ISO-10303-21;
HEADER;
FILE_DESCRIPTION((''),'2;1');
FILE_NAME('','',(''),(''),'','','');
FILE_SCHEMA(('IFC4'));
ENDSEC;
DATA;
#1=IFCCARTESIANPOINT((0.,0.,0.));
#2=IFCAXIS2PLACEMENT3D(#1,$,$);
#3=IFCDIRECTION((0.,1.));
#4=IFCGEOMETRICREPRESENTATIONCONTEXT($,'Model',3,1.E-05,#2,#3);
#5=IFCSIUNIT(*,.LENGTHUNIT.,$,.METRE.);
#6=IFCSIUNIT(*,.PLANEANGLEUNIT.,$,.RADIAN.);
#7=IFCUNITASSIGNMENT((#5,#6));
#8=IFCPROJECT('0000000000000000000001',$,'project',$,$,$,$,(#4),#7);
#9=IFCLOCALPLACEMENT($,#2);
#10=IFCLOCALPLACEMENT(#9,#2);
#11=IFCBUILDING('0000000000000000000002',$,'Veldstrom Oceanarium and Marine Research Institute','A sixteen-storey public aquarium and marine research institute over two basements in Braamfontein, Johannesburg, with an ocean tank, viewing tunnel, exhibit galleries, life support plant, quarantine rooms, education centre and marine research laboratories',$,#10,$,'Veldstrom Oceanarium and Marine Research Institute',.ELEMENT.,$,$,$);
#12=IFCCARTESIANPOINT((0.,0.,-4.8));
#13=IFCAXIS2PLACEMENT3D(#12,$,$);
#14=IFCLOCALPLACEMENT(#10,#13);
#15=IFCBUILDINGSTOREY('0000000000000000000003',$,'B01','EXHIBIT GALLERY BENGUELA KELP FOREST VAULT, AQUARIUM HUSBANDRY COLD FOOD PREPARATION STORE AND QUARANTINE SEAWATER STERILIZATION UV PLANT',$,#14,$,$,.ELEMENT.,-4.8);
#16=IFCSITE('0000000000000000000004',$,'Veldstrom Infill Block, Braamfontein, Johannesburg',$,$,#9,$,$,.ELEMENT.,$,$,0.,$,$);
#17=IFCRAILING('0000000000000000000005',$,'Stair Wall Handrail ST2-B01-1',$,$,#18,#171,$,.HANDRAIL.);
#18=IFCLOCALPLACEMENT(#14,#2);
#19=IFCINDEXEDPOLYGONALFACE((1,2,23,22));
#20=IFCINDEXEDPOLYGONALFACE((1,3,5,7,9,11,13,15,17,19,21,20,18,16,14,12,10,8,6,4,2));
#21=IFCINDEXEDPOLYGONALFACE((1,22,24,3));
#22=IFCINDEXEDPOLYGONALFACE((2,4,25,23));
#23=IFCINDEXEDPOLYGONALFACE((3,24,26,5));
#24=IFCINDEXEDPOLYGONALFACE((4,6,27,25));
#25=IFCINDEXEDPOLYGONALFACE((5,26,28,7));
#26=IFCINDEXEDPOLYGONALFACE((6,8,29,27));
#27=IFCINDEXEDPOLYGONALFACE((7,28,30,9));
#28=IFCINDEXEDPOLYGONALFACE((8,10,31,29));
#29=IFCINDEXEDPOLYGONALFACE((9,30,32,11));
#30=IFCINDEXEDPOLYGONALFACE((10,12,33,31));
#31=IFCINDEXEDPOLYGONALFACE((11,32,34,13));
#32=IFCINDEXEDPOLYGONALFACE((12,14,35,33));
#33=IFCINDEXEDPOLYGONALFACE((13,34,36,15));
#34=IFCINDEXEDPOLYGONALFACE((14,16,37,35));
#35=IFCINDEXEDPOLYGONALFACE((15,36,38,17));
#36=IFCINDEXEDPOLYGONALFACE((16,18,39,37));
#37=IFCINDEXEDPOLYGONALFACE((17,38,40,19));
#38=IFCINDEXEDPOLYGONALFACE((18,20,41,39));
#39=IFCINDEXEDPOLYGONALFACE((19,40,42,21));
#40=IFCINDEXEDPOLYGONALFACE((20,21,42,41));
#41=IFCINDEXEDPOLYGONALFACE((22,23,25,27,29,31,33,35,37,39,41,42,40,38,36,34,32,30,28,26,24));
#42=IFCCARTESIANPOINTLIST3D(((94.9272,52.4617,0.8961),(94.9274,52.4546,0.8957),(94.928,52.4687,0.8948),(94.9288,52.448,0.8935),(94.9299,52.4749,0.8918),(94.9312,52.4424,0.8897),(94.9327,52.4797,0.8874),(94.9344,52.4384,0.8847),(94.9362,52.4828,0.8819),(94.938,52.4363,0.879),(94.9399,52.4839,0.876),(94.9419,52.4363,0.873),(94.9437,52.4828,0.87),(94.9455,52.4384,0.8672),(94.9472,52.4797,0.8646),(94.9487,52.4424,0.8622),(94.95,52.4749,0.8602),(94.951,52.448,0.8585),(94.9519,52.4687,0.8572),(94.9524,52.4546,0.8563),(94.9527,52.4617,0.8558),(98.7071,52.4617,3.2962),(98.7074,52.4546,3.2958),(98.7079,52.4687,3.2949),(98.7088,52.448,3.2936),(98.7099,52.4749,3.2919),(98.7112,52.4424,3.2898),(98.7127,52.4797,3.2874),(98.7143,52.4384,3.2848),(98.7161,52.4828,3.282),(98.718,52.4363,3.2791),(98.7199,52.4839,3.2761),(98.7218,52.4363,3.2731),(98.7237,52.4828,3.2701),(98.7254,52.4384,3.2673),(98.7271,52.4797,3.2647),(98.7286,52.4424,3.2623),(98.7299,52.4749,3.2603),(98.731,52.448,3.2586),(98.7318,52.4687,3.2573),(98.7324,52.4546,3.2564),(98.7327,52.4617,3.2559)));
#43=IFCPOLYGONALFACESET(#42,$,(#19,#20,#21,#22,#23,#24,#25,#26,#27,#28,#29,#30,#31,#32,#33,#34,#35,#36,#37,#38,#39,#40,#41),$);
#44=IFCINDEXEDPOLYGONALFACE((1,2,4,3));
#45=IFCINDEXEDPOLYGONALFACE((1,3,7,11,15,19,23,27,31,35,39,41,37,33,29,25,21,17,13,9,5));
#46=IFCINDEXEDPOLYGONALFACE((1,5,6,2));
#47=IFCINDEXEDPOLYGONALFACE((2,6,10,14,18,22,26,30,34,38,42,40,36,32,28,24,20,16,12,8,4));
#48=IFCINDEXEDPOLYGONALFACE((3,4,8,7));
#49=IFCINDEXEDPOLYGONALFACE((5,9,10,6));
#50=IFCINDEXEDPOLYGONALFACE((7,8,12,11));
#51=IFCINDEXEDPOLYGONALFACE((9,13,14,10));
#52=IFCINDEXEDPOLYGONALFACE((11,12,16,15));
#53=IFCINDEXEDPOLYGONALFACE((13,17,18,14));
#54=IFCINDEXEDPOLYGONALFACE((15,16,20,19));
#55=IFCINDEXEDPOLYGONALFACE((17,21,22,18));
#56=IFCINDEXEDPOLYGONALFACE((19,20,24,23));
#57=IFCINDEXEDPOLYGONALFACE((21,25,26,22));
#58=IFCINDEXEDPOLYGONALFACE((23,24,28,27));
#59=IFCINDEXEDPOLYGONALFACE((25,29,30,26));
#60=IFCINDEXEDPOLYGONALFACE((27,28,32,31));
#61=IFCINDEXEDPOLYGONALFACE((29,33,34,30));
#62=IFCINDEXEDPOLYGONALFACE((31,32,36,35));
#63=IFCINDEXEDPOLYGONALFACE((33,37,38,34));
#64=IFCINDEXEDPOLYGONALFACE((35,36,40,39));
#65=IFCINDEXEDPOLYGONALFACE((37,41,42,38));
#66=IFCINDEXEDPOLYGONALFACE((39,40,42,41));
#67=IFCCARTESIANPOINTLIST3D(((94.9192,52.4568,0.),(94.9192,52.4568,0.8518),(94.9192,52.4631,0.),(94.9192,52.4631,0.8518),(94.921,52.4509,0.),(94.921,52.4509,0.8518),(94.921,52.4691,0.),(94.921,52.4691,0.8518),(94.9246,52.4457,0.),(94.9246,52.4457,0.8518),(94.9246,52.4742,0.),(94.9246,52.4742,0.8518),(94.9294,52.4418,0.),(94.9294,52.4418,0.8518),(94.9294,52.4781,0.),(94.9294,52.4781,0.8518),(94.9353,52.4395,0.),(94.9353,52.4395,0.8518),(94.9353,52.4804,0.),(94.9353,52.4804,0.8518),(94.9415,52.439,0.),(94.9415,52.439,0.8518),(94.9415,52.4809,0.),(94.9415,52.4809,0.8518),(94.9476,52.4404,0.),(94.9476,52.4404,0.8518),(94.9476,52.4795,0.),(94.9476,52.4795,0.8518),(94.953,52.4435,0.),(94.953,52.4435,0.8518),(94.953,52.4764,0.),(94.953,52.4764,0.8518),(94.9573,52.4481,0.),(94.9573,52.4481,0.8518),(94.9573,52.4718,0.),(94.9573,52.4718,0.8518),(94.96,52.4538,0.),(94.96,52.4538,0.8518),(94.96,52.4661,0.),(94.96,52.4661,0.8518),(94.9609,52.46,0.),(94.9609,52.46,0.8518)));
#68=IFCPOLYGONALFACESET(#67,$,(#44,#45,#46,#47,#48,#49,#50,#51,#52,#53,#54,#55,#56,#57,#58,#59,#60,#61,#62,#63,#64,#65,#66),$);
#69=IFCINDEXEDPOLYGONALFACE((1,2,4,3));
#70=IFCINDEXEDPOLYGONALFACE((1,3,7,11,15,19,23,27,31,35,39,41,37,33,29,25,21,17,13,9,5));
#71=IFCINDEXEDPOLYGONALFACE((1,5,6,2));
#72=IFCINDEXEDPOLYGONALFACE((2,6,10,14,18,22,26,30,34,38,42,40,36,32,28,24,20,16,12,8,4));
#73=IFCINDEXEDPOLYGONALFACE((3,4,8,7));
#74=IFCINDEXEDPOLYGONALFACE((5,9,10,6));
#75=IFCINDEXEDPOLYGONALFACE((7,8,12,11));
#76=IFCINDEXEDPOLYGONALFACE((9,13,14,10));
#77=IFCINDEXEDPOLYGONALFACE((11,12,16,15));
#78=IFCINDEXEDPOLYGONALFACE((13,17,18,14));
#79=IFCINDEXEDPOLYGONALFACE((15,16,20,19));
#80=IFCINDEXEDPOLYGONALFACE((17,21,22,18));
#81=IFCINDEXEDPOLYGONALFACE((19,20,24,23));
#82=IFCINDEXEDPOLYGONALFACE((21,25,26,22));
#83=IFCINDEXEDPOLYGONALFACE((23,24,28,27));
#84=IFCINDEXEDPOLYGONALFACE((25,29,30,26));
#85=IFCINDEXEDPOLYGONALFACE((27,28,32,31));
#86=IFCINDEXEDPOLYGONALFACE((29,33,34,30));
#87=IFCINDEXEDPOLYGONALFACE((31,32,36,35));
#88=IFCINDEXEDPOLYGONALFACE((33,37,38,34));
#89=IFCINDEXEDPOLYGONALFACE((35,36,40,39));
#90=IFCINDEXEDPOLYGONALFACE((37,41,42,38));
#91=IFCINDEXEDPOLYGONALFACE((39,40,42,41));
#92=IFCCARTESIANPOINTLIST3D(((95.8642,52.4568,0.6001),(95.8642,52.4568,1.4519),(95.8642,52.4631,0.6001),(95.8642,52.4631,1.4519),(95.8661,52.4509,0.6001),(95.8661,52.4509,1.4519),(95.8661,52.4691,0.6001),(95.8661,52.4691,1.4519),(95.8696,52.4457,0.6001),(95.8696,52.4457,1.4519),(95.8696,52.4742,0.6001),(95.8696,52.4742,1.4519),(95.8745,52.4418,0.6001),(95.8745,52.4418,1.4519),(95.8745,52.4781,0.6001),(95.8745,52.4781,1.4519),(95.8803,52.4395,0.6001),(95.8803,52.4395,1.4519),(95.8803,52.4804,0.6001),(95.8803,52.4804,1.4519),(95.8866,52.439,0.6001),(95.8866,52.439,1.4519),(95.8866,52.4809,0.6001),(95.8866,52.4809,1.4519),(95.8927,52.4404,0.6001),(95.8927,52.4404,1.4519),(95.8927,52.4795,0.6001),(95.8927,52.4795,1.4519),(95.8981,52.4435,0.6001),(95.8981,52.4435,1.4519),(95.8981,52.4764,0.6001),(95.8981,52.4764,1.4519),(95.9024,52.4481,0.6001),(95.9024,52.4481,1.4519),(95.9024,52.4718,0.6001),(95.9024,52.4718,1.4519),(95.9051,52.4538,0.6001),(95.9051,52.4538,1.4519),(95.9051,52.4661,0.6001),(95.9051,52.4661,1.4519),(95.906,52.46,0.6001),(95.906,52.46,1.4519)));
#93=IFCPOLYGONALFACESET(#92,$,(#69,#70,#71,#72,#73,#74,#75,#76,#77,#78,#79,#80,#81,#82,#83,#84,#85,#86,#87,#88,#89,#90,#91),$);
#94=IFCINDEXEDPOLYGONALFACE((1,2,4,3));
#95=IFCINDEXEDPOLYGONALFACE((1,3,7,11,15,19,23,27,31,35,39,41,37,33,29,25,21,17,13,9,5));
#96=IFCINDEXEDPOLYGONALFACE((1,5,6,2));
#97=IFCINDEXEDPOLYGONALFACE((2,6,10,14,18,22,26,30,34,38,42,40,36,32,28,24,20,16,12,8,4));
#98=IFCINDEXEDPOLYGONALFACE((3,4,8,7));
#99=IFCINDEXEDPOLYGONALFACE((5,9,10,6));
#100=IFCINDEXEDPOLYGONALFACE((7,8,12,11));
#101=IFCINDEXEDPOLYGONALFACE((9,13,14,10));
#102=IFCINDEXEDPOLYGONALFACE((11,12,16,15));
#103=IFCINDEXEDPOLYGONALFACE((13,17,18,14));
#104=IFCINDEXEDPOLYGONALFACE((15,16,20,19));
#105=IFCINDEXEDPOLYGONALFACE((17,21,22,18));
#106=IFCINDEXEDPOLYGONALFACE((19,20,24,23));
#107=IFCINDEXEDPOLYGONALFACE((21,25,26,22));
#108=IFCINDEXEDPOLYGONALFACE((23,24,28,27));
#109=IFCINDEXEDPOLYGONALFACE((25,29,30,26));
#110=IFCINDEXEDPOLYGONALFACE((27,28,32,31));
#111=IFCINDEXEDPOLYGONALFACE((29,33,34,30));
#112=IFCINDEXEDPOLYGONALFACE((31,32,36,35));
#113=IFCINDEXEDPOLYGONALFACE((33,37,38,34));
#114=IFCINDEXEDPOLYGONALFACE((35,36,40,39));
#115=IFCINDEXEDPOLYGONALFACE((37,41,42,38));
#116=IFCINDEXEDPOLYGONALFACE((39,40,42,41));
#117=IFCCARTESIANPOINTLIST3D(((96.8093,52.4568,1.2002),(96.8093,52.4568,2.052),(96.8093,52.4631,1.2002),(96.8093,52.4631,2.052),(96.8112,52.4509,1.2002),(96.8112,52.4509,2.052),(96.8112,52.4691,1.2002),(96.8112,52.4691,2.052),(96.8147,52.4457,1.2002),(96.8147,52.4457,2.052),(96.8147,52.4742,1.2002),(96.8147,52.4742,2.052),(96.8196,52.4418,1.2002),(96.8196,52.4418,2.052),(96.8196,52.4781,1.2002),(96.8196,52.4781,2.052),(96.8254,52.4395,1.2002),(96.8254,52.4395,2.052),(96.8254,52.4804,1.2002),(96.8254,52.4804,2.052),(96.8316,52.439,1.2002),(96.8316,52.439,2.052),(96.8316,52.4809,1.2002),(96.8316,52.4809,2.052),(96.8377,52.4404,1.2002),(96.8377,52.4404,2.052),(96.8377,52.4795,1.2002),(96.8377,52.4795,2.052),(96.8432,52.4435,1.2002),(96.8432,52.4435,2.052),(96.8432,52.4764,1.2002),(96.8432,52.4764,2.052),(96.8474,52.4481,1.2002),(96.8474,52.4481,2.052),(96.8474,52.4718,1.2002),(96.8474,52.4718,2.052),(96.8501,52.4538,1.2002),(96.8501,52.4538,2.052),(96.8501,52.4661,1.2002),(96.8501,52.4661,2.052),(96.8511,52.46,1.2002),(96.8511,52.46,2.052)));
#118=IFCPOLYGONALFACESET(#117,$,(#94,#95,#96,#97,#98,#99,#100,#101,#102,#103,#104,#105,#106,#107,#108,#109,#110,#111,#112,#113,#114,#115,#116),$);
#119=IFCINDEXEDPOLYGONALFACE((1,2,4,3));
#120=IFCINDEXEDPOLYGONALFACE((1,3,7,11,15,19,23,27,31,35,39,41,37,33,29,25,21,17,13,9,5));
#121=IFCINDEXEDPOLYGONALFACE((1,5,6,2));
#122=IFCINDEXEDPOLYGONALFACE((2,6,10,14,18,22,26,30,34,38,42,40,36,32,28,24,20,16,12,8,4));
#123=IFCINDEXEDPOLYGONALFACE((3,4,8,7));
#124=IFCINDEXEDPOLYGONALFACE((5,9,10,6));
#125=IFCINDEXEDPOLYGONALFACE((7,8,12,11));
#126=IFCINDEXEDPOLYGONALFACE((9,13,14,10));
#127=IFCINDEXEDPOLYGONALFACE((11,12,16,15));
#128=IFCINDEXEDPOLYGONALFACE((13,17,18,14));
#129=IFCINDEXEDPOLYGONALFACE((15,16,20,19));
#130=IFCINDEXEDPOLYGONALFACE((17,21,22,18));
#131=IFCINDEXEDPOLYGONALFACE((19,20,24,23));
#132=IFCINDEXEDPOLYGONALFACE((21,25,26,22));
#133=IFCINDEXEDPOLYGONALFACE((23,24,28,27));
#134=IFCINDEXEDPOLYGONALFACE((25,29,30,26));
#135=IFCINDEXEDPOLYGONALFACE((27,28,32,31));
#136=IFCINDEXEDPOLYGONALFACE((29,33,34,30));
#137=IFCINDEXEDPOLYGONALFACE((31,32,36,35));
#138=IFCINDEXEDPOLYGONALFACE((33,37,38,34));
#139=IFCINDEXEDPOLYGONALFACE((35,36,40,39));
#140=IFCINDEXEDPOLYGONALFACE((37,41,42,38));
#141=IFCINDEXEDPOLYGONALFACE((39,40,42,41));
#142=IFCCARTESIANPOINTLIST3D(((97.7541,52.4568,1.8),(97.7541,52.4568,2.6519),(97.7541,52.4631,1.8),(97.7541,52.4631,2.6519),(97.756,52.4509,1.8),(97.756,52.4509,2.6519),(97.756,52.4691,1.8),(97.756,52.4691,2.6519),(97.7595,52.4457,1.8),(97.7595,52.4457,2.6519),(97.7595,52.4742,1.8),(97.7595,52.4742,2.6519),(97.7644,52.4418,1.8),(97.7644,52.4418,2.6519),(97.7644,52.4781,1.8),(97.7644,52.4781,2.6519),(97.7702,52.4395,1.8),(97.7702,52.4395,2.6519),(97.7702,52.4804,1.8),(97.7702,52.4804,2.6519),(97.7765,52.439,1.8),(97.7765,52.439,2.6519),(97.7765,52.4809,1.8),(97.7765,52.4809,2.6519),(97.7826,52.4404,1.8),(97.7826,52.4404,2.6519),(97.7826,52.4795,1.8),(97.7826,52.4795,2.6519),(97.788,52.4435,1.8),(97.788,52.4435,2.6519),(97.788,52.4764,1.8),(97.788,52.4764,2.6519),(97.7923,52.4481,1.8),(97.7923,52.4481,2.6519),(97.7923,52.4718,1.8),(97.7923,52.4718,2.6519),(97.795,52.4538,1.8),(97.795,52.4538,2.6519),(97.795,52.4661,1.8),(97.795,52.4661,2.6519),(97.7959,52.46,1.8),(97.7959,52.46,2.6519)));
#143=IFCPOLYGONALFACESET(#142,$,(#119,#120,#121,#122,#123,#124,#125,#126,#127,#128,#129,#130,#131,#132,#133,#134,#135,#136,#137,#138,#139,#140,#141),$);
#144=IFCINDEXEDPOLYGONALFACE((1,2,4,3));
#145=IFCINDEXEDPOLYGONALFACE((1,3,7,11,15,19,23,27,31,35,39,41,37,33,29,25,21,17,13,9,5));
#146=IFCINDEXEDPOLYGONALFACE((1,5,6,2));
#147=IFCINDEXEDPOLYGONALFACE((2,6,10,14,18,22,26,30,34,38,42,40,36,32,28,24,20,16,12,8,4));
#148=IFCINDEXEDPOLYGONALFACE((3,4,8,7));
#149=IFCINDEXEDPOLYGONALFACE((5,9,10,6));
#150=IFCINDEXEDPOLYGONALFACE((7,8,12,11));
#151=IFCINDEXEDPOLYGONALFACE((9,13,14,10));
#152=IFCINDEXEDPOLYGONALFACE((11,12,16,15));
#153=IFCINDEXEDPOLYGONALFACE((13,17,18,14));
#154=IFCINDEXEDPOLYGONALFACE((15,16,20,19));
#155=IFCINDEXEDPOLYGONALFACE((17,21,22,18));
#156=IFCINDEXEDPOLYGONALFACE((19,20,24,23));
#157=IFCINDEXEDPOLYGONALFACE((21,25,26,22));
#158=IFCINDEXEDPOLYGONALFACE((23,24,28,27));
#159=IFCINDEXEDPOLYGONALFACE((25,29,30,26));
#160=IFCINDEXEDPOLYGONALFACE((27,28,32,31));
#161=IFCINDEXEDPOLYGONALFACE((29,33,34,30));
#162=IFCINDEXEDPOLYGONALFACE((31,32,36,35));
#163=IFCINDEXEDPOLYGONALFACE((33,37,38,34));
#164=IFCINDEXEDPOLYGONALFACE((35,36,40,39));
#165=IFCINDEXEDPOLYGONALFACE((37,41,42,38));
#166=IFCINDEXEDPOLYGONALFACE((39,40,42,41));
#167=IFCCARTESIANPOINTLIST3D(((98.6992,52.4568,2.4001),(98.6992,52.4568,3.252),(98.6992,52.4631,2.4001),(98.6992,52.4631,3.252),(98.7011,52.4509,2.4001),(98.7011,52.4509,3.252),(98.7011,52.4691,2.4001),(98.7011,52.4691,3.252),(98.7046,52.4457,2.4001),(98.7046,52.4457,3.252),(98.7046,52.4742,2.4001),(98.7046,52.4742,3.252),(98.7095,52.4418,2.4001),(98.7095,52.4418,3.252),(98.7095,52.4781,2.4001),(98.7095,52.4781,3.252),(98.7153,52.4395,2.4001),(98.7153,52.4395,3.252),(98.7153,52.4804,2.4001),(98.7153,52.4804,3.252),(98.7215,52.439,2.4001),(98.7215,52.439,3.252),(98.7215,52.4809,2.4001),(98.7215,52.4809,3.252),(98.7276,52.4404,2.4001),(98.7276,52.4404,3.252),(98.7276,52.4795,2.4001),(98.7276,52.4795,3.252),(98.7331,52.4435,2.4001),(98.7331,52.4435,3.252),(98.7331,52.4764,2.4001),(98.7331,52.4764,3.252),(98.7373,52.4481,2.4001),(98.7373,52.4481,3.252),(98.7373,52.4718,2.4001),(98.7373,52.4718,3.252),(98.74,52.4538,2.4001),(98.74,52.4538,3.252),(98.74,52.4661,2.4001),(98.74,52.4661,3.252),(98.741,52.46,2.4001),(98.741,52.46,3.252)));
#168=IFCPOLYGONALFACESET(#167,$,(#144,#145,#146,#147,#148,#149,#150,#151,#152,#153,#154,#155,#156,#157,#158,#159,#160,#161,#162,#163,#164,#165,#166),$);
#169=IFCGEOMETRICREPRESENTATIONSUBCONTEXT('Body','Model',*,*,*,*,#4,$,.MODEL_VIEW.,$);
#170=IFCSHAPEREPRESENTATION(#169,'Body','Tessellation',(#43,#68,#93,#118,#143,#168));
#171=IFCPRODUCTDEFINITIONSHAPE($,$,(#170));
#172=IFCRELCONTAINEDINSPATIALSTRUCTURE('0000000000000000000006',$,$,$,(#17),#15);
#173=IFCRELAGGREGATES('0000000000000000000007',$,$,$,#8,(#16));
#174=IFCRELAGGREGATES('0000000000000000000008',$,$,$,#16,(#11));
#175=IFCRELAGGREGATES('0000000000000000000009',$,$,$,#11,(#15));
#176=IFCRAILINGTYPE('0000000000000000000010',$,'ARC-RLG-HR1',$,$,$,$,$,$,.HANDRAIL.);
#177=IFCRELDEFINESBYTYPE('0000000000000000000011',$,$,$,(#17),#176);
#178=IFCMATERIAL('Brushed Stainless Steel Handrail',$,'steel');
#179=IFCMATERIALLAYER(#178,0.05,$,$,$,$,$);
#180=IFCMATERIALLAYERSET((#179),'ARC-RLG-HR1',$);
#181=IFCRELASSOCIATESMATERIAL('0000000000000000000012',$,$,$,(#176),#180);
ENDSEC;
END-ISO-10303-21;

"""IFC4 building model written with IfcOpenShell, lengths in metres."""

from ifc_helpers import new_model, si_unit, direction, frame, origin, origin_2d, place, context, subcontext, project, spatial, circle, extrude, material, layer, layer_set, type_object, element, save


model = new_model("IFC4")

# Units and contexts
model_context = context("Model", 3, precision=1e-05, world=origin(), true_north=direction((0.0, 1.0)))
body_context = subcontext(model_context, "Body", "Model", "MODEL_VIEW")
ifc_project = project(units=[si_unit("LENGTHUNIT", "METRE"), si_unit("PLANEANGLEUNIT", "RADIAN")], contexts=[model_context])

# Site, building, storey
site_placement = place(None, origin())
site = spatial("IfcSite", under=ifc_project, at=site_placement, Name="Veldstrom Infill Block, Braamfontein, Johannesburg", CompositionType="ELEMENT", RefElevation=0.0)
building_placement = place(site_placement, origin())
building = spatial("IfcBuilding", under=site, at=building_placement, Name="Veldstrom Oceanarium and Marine Research Institute", Description="A sixteen-storey public aquarium and marine research institute over two basements in Braamfontein, Johannesburg, with an ocean tank, viewing tunnel, exhibit galleries, life support plant, quarantine rooms, education centre and marine research laboratories", LongName="Veldstrom Oceanarium and Marine Research Institute", CompositionType="ELEMENT")
storey_placement = place(building_placement, frame((0.0, 0.0, -4.8)))
storey = spatial("IfcBuildingStorey", under=building, at=storey_placement, Name="B01", Description="EXHIBIT GALLERY BENGUELA KELP FOREST VAULT, AQUARIUM HUSBANDRY COLD FOOD PREPARATION STORE AND QUARANTINE SEAWATER STERILIZATION UV PLANT", CompositionType="ELEMENT", Elevation=-4.8)

# Railing
ifc_material_1 = material(Name="Brushed Stainless Steel Handrail", Category="steel")
ifc_layer_1 = layer(ifc_material_1, 0.05)
ifc_layer_set_1 = layer_set([ifc_layer_1], Name="ARC-RLG-HR1")
railing_type = type_object("IfcRailingType", Name="ARC-RLG-HR1", PredefinedType="HANDRAIL", material=ifc_layer_set_1)
railing_placement = place(storey_placement, frame((94.9399, 52.46, 0.0)))
element("IfcRailing", 1, at=railing_placement, inside=storey, type_object=railing_type, Name="Stair Wall Handrail ST2-B01-1", PredefinedType="HANDRAIL", context=body_context, shape_type="SweptSolid", body=[
    extrude(circle(Radius=0.0239, at=origin_2d()), frame((0.0, 0.0, 0.876), z_axis=(0.8442, 0.0, 0.536028), x_axis=(0.0, 1.0, 0.0)), (0.0, 0.0, 1.0), 4.4775),
    extrude(circle(Radius=0.021, at=origin_2d()), origin(), (0.0, 0.0, 1.0), 0.8518),
    extrude(circle(Radius=0.021, at=origin_2d()), frame((0.9451, 0.0, 0.6001)), (0.0, 0.0, 1.0), 0.8518),
    extrude(circle(Radius=0.021, at=origin_2d()), frame((1.8901, 0.0, 1.2002)), (0.0, 0.0, 1.0), 0.8518),
    extrude(circle(Radius=0.021, at=origin_2d()), frame((2.835, 0.0, 1.8)), (0.0, 0.0, 1.0), 0.8518),
    extrude(circle(Radius=0.021, at=origin_2d()), frame((3.78, 0.0, 2.4001)), (0.0, 0.0, 1.0), 0.8518),
])

save(model, "model.ifc")
